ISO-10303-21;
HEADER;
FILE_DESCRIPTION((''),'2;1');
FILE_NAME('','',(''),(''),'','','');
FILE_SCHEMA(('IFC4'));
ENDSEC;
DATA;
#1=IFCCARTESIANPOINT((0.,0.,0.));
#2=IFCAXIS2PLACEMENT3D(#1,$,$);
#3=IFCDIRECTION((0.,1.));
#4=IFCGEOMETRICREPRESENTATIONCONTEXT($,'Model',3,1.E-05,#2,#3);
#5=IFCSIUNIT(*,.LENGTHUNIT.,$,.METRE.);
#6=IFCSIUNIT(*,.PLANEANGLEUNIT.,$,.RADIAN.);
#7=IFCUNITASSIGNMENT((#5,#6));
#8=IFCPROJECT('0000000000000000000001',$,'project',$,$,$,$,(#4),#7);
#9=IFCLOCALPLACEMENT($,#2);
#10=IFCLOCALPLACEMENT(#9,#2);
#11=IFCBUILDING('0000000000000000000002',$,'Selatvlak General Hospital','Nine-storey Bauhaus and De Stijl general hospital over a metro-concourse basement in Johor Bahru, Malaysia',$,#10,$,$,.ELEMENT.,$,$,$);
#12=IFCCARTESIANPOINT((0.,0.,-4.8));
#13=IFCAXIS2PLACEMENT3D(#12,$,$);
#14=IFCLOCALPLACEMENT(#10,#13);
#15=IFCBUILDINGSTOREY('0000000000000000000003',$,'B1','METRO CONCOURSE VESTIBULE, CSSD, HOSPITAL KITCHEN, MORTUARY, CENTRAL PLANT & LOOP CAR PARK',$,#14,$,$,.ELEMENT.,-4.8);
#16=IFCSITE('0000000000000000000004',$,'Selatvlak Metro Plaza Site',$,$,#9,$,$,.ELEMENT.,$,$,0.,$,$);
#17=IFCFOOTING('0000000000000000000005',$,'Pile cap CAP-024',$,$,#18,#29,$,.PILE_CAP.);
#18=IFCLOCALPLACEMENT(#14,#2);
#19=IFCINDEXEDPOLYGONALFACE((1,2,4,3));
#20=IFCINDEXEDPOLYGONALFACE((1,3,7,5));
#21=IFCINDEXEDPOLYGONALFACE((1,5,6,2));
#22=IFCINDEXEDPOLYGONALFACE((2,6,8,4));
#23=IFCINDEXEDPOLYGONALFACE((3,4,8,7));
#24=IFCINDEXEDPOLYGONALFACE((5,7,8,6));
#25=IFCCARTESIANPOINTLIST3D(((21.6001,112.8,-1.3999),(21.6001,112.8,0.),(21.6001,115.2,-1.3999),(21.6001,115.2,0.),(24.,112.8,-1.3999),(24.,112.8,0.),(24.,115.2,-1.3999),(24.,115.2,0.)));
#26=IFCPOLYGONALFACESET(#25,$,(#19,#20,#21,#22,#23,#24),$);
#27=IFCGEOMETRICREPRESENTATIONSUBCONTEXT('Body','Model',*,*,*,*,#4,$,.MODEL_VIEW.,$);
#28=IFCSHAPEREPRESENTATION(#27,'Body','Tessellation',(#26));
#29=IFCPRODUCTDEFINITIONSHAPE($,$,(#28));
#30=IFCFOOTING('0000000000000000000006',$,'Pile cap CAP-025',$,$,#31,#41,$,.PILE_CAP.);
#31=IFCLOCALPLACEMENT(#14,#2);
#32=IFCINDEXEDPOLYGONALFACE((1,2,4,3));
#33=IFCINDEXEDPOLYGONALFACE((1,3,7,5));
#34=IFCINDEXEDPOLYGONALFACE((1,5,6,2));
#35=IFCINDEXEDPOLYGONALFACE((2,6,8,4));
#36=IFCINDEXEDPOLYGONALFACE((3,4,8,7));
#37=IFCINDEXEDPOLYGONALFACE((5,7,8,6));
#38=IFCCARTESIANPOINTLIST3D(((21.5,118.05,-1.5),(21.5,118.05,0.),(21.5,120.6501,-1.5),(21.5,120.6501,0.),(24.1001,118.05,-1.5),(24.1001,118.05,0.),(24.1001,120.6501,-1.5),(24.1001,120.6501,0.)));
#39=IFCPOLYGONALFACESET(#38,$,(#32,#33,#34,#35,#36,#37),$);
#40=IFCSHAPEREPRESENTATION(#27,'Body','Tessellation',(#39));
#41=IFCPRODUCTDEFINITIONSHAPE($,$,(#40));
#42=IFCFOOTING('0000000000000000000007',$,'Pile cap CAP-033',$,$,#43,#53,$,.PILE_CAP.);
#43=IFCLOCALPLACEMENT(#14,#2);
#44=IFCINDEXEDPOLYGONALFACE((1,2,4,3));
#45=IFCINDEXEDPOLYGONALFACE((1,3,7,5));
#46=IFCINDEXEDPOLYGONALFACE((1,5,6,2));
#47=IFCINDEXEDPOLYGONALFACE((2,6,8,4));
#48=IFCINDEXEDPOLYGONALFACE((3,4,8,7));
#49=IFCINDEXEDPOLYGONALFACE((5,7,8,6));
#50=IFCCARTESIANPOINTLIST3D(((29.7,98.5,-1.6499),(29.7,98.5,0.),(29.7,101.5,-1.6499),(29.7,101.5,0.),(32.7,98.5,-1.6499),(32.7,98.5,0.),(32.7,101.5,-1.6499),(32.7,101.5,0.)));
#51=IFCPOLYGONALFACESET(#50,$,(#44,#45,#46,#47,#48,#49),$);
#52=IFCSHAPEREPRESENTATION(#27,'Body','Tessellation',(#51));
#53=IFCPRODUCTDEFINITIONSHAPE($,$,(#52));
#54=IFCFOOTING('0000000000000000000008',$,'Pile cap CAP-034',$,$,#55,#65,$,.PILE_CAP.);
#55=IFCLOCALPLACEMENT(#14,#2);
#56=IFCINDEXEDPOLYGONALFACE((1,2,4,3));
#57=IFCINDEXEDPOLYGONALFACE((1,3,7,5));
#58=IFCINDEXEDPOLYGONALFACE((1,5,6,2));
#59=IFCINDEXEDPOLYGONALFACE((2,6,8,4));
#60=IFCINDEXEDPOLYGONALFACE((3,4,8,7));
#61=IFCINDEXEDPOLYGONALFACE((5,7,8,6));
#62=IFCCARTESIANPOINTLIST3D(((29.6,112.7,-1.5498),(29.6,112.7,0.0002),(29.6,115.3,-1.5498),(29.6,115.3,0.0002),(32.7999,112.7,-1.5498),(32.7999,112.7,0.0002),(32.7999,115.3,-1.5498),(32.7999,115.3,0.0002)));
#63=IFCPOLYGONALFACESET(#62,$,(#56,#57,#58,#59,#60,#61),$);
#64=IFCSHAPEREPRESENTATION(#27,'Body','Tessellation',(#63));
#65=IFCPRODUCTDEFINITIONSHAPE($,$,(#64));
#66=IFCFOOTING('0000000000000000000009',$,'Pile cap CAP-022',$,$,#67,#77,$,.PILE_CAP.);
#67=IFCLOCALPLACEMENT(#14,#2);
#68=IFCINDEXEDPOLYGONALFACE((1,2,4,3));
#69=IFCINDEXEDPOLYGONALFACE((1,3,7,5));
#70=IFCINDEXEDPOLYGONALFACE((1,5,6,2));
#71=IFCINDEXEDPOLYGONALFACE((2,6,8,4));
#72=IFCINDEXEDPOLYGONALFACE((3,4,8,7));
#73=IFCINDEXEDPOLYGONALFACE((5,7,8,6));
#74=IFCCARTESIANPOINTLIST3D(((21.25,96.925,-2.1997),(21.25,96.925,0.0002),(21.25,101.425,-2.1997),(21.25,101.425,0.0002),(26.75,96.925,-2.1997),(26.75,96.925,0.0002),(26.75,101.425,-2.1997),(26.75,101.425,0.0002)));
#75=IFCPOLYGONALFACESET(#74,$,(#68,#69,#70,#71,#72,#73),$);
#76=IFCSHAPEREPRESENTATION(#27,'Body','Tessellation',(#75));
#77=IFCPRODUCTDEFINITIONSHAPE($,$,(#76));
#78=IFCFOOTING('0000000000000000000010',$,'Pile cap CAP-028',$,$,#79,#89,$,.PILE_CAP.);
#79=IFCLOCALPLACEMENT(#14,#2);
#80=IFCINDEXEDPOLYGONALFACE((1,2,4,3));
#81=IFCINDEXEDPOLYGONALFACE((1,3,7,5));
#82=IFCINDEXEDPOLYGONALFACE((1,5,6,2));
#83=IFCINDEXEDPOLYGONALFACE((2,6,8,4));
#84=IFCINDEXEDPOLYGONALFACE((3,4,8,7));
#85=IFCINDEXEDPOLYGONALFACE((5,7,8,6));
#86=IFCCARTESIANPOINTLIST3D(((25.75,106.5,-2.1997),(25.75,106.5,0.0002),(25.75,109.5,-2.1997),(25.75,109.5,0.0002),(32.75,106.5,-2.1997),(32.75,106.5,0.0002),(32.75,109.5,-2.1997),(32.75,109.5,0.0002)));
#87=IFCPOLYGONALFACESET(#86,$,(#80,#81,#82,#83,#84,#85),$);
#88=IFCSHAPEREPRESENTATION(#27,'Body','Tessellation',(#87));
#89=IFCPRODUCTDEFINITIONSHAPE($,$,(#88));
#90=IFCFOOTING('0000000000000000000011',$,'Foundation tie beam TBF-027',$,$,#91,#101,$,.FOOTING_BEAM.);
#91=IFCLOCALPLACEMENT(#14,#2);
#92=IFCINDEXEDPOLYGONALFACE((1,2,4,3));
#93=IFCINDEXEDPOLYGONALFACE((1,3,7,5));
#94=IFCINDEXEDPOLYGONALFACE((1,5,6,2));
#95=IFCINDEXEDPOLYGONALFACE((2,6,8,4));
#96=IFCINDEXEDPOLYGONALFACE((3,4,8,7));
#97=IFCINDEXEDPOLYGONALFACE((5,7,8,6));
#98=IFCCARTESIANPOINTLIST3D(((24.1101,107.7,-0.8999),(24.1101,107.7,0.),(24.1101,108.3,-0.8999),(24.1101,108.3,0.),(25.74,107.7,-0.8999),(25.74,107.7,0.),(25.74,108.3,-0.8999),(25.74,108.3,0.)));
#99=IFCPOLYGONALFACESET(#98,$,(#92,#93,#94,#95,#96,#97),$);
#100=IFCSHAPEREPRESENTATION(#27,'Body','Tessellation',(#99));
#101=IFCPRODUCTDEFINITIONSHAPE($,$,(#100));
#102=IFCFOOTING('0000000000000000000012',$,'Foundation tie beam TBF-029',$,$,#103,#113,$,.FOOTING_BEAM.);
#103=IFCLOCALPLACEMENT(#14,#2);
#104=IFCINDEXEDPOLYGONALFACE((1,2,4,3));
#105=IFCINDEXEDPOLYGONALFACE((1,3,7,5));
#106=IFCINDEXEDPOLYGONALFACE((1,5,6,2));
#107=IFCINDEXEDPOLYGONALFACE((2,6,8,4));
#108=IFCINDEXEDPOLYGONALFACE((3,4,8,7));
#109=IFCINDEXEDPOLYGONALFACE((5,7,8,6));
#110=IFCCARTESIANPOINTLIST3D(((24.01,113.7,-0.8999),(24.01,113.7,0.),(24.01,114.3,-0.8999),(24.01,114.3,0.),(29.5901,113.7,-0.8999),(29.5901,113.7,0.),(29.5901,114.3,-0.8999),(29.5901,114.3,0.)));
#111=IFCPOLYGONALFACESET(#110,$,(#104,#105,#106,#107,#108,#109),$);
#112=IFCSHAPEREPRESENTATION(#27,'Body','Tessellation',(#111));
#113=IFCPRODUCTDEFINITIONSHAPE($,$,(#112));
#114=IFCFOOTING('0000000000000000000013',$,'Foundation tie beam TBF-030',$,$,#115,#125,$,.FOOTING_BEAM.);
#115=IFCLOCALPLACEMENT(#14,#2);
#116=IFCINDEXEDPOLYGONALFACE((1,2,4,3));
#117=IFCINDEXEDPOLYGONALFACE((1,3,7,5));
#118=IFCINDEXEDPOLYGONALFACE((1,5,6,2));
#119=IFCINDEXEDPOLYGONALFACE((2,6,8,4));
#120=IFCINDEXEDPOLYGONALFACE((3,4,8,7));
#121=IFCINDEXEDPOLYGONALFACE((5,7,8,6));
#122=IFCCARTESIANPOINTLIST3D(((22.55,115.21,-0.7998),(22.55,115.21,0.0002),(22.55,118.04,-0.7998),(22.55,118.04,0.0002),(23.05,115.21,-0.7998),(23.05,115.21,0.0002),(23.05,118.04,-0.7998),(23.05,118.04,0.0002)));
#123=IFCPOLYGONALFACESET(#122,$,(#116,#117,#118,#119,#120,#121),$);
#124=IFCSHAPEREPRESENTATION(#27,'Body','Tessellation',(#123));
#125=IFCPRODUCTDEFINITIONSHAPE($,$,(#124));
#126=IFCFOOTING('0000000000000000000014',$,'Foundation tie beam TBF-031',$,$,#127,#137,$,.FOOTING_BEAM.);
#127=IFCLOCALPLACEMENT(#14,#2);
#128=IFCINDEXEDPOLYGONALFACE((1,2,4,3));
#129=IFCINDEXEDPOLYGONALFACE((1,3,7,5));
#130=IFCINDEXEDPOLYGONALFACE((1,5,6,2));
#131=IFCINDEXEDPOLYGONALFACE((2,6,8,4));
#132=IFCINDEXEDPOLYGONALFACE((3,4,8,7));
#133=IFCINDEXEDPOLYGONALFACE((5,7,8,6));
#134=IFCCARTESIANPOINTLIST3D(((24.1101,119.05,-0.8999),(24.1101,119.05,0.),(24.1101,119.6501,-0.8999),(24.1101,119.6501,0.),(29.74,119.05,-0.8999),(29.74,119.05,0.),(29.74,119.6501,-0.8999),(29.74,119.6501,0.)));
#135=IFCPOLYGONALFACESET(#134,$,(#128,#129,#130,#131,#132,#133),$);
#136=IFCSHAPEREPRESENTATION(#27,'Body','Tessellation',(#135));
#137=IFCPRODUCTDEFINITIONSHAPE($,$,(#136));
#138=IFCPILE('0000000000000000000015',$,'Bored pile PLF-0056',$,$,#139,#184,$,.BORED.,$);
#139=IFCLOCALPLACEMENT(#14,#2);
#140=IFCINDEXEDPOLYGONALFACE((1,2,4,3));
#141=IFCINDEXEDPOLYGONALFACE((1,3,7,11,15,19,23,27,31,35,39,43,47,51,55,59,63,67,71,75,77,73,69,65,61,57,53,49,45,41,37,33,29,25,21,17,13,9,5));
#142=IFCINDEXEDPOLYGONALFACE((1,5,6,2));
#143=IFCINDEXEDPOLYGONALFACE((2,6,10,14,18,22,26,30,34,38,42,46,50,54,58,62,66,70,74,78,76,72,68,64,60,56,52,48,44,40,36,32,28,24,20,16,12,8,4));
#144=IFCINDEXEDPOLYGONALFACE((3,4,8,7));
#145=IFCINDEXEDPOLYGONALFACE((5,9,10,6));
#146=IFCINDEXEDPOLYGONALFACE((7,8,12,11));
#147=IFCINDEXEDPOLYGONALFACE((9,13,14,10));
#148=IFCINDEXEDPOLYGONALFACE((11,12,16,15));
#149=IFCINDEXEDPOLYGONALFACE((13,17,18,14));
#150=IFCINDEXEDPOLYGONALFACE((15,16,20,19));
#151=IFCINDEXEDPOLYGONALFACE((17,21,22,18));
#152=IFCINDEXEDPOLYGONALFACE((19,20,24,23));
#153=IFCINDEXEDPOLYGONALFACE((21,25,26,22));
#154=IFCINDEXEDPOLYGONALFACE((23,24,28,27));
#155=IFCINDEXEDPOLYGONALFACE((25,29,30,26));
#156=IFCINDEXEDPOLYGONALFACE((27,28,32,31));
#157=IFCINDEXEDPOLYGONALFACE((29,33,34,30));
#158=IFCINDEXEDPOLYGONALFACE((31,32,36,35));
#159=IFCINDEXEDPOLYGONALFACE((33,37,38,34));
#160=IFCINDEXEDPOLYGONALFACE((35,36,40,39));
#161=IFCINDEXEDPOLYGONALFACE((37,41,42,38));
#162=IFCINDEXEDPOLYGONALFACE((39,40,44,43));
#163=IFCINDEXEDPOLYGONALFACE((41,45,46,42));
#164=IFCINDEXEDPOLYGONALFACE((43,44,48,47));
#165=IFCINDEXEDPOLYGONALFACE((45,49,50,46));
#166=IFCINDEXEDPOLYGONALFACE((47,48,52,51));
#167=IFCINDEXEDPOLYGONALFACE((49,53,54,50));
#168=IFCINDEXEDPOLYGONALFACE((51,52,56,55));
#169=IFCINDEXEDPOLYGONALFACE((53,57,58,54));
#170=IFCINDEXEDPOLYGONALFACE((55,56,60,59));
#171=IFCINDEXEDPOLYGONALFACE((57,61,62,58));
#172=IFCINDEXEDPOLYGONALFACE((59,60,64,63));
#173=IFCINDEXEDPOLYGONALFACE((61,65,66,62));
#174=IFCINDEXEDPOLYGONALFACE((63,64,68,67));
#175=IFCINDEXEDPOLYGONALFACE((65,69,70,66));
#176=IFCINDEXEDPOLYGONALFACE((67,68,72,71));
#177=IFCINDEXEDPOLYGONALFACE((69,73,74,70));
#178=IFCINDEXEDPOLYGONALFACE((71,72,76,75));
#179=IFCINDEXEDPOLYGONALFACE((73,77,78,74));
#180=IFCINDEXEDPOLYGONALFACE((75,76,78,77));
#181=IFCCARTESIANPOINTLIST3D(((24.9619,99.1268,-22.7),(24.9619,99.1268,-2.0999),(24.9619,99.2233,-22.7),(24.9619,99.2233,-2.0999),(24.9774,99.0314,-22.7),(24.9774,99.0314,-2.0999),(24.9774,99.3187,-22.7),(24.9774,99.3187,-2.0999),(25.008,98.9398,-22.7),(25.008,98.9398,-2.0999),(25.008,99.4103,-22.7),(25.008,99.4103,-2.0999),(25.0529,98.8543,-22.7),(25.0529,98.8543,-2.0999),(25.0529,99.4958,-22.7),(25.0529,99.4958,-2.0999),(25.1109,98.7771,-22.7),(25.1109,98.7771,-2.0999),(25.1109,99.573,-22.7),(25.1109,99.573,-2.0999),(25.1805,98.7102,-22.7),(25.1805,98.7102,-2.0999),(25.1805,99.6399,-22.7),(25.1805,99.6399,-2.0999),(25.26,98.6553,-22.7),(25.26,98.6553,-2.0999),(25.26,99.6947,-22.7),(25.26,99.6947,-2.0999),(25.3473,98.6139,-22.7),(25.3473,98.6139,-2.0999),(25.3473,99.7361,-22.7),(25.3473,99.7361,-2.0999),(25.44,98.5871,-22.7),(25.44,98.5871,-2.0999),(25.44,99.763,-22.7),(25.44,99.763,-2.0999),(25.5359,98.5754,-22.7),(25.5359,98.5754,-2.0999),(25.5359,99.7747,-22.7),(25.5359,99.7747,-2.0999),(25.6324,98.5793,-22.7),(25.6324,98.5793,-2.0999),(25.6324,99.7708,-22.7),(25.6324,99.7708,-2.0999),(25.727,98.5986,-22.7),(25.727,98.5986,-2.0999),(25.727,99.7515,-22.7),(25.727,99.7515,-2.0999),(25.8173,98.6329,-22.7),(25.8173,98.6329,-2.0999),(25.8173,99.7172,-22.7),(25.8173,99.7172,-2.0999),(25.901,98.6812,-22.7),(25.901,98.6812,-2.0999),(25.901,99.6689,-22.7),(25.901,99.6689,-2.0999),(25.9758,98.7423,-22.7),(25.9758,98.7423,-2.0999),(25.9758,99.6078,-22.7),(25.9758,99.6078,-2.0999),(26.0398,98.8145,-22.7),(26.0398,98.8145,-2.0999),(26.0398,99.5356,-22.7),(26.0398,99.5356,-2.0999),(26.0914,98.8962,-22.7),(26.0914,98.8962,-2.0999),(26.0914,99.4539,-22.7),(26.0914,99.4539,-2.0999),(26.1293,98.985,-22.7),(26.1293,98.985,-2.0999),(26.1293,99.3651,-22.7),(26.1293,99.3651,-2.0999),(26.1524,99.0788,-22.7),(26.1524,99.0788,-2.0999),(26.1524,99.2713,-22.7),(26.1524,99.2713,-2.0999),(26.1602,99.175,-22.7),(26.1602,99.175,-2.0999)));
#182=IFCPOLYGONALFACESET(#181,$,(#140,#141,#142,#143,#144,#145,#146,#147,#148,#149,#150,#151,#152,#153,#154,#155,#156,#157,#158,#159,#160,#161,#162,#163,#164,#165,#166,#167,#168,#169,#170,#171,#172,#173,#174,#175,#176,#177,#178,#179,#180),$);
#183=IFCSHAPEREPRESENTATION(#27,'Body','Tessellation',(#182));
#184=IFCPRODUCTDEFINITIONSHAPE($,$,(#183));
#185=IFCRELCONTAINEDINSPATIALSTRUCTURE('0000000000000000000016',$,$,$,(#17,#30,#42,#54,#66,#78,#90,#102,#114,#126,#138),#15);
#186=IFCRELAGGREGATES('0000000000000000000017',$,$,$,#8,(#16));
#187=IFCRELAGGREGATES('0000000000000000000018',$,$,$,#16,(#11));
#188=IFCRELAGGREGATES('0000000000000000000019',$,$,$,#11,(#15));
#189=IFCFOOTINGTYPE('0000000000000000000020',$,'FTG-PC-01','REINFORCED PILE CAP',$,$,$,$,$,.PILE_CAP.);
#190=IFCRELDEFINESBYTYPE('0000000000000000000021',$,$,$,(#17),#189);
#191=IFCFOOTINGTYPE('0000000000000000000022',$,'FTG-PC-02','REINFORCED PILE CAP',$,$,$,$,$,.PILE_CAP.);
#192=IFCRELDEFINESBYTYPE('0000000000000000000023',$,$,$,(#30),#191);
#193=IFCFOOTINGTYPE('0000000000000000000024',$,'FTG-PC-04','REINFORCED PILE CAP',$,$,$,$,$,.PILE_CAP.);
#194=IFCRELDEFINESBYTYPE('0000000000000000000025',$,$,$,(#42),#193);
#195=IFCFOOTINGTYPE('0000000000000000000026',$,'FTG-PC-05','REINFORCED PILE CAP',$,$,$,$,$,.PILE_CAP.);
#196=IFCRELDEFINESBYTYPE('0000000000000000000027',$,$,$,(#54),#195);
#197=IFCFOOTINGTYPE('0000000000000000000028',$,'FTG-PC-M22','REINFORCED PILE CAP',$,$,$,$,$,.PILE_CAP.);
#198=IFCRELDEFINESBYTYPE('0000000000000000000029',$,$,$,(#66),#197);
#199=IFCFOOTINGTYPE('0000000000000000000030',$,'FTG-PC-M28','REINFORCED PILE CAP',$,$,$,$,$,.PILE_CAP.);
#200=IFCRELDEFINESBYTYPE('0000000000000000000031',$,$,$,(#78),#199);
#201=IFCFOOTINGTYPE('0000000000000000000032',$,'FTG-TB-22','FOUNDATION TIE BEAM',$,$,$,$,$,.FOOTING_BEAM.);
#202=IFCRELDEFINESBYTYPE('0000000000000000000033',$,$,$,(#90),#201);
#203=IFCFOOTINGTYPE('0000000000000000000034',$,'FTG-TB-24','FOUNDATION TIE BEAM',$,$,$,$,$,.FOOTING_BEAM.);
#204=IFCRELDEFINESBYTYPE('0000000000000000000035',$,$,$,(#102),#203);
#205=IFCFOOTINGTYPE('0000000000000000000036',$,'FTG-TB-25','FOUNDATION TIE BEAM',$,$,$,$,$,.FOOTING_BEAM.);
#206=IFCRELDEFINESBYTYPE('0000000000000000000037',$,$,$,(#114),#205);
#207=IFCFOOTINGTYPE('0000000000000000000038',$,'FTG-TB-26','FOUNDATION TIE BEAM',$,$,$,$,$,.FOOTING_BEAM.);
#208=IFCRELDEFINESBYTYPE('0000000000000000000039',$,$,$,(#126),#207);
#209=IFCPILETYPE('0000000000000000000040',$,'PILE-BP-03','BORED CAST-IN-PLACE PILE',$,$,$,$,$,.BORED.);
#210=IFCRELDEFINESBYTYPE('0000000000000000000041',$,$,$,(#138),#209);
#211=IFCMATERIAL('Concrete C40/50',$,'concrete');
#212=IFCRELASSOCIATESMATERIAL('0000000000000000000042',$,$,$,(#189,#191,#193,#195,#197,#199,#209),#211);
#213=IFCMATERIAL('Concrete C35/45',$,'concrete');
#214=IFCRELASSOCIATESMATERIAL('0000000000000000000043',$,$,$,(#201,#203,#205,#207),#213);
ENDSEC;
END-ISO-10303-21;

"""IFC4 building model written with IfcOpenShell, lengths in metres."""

from ifc_helpers import new_model, si_unit, direction, frame, origin, origin_2d, place, context, subcontext, project, spatial, rectangle, circle, extrude, material, material_profile, profile_set, type_object, element, save


model = new_model("IFC4")

# Units and contexts
model_context = context("Model", 3, precision=1e-05, world=origin(), true_north=direction((0.0, 1.0)))
body_context = subcontext(model_context, "Body", "Model", "MODEL_VIEW")
ifc_project = project(units=[si_unit("LENGTHUNIT", "METRE"), si_unit("PLANEANGLEUNIT", "RADIAN")], contexts=[model_context])

# Site, building, storey
site_placement = place(None, origin())
site = spatial("IfcSite", under=ifc_project, at=site_placement, Name="Selatvlak Metro Plaza Site", CompositionType="ELEMENT", RefElevation=0.0)
building_placement = place(site_placement, origin())
building = spatial("IfcBuilding", under=site, at=building_placement, Name="Selatvlak General Hospital", Description="Nine-storey Bauhaus and De Stijl general hospital over a metro-concourse basement in Johor Bahru, Malaysia", CompositionType="ELEMENT")
storey_placement = place(building_placement, frame((0.0, 0.0, -4.8)))
storey = spatial("IfcBuildingStorey", under=building, at=storey_placement, Name="B1", Description="METRO CONCOURSE VESTIBULE, CSSD, HOSPITAL KITCHEN, MORTUARY, CENTRAL PLANT & LOOP CAR PARK", CompositionType="ELEMENT", Elevation=-4.8)

# Footings
ifc_material_1 = material(Name="Concrete C40/50", Category="concrete")
footing_type_1 = type_object("IfcFootingType", Name="FTG-PC-01", Description="REINFORCED PILE CAP", PredefinedType="PILE_CAP", material=ifc_material_1)
footing_1_placement = place(storey_placement, frame((22.8, 114.0, -1.3999), z_axis=(0.0, 0.0, 1.0), x_axis=(1.0, 0.0, 0.0)))
element("IfcFooting", 1, at=footing_1_placement, inside=storey, type_object=footing_type_1, Name="Pile cap CAP-024", PredefinedType="PILE_CAP", context=body_context, shape_type="SweptSolid", body=[
    extrude(rectangle(XDim=2.3999, YDim=2.3999, at=origin_2d()), origin(), (0.0, 0.0, 1.0), 1.3999),
])
footing_type_2 = type_object("IfcFootingType", Name="FTG-PC-02", Description="REINFORCED PILE CAP", PredefinedType="PILE_CAP", material=ifc_material_1)
footing_2_placement = place(storey_placement, frame((22.8, 119.3501, -1.5), z_axis=(0.0, 0.0, 1.0), x_axis=(1.0, 0.0, 0.0)))
element("IfcFooting", 2, at=footing_2_placement, inside=storey, type_object=footing_type_2, Name="Pile cap CAP-025", PredefinedType="PILE_CAP", context=body_context, shape_type="SweptSolid", body=[
    extrude(rectangle(XDim=2.6001, YDim=2.6001, at=origin_2d()), origin(), (0.0, 0.0, 1.0), 1.5),
])
footing_type_3 = type_object("IfcFootingType", Name="FTG-PC-04", Description="REINFORCED PILE CAP", PredefinedType="PILE_CAP", material=ifc_material_1)
footing_3_placement = place(storey_placement, frame((31.2, 100.0, -1.6499), z_axis=(0.0, 0.0, 1.0), x_axis=(1.0, 0.0, 0.0)))
element("IfcFooting", 3, at=footing_3_placement, inside=storey, type_object=footing_type_3, Name="Pile cap CAP-033", PredefinedType="PILE_CAP", context=body_context, shape_type="SweptSolid", body=[
    extrude(rectangle(XDim=3.0, YDim=3.0, at=origin_2d()), origin(), (0.0, 0.0, 1.0), 1.6499),
])
footing_type_4 = type_object("IfcFootingType", Name="FTG-PC-05", Description="REINFORCED PILE CAP", PredefinedType="PILE_CAP", material=ifc_material_1)
footing_4_placement = place(storey_placement, frame((31.2, 114.0, -1.5498), z_axis=(0.0, 0.0, 1.0), x_axis=(1.0, 0.0, 0.0)))
element("IfcFooting", 4, at=footing_4_placement, inside=storey, type_object=footing_type_4, Name="Pile cap CAP-034", PredefinedType="PILE_CAP", context=body_context, shape_type="SweptSolid", body=[
    extrude(rectangle(XDim=3.2, YDim=2.6001, at=origin_2d()), origin(), (0.0, 0.0, 1.0), 1.55),
])
footing_type_5 = type_object("IfcFootingType", Name="FTG-PC-M22", Description="REINFORCED PILE CAP", PredefinedType="PILE_CAP", material=ifc_material_1)
footing_5_placement = place(storey_placement, frame((24.0, 99.175, -2.1997), z_axis=(0.0, 0.0, 1.0), x_axis=(1.0, 0.0, 0.0)))
element("IfcFooting", 5, at=footing_5_placement, inside=storey, type_object=footing_type_5, Name="Pile cap CAP-022", PredefinedType="PILE_CAP", context=body_context, shape_type="SweptSolid", body=[
    extrude(rectangle(XDim=5.5, YDim=4.5, at=origin_2d()), origin(), (0.0, 0.0, 1.0), 2.2),
])
footing_type_6 = type_object("IfcFootingType", Name="FTG-PC-M28", Description="REINFORCED PILE CAP", PredefinedType="PILE_CAP", material=ifc_material_1)
footing_6_placement = place(storey_placement, frame((29.25, 108.0, -2.1997), z_axis=(0.0, 0.0, 1.0), x_axis=(1.0, 0.0, 0.0)))
element("IfcFooting", 6, at=footing_6_placement, inside=storey, type_object=footing_type_6, Name="Pile cap CAP-028", PredefinedType="PILE_CAP", context=body_context, shape_type="SweptSolid", body=[
    extrude(rectangle(XDim=7.0, YDim=3.0, at=origin_2d()), origin(), (0.0, 0.0, 1.0), 2.2),
])
ifc_material_2 = material(Name="Concrete C35/45", Category="concrete")
footing_type_7 = type_object("IfcFootingType", Name="FTG-TB-22", Description="FOUNDATION TIE BEAM", PredefinedType="FOOTING_BEAM", material=ifc_material_2)
footing_7_placement = place(storey_placement, frame((24.925, 108.0, -0.8999), z_axis=(0.0, 0.0, 1.0), x_axis=(1.0, 0.0, 0.0)))
element("IfcFooting", 7, at=footing_7_placement, inside=storey, type_object=footing_type_7, Name="Foundation tie beam TBF-027", PredefinedType="FOOTING_BEAM", context=body_context, shape_type="SweptSolid", body=[
    extrude(rectangle(XDim=1.6299, YDim=0.6001, at=origin_2d()), origin(), (0.0, 0.0, 1.0), 0.8999),
])
footing_type_8 = type_object("IfcFootingType", Name="FTG-TB-24", Description="FOUNDATION TIE BEAM", PredefinedType="FOOTING_BEAM", material=ifc_material_2)
footing_8_placement = place(storey_placement, frame((26.8, 114.0, -0.8999), z_axis=(0.0, 0.0, 1.0), x_axis=(1.0, 0.0, 0.0)))
element("IfcFooting", 8, at=footing_8_placement, inside=storey, type_object=footing_type_8, Name="Foundation tie beam TBF-029", PredefinedType="FOOTING_BEAM", context=body_context, shape_type="SweptSolid", body=[
    extrude(rectangle(XDim=5.5801, YDim=0.6001, at=origin_2d()), origin(), (0.0, 0.0, 1.0), 0.8999),
])
footing_type_9 = type_object("IfcFootingType", Name="FTG-TB-25", Description="FOUNDATION TIE BEAM", PredefinedType="FOOTING_BEAM", material=ifc_material_2)
footing_9_placement = place(storey_placement, frame((22.8, 116.625, -0.7998), z_axis=(0.0, 0.0, 1.0), x_axis=(0.0, 1.0, 0.0)))
element("IfcFooting", 9, at=footing_9_placement, inside=storey, type_object=footing_type_9, Name="Foundation tie beam TBF-030", PredefinedType="FOOTING_BEAM", context=body_context, shape_type="SweptSolid", body=[
    extrude(rectangle(XDim=2.8301, YDim=0.5, at=origin_2d()), origin(), (0.0, 0.0, 1.0), 0.8),
])
footing_type_10 = type_object("IfcFootingType", Name="FTG-TB-26", Description="FOUNDATION TIE BEAM", PredefinedType="FOOTING_BEAM", material=ifc_material_2)
footing_10_placement = place(storey_placement, frame((26.925, 119.3501, -0.8999), z_axis=(0.0, 0.0, 1.0), x_axis=(1.0, 0.0, 0.0)))
element("IfcFooting", 10, at=footing_10_placement, inside=storey, type_object=footing_type_10, Name="Foundation tie beam TBF-031", PredefinedType="FOOTING_BEAM", context=body_context, shape_type="SweptSolid", body=[
    extrude(rectangle(XDim=5.6299, YDim=0.6001, at=origin_2d()), origin(), (0.0, 0.0, 1.0), 0.8999),
])

# Pile
ifc_material_profile_1 = material_profile(ifc_material_1, circle(Radius=0.6001, at=origin_2d()), Name="BORED PILE 1200")
ifc_profile_set_1 = profile_set([ifc_material_profile_1], Name="Concrete C40/50")
pile_type_1 = type_object("IfcPileType", Name="PILE-BP-03", Description="BORED CAST-IN-PLACE PILE", PredefinedType="BORED", material=ifc_profile_set_1)
pile_1_placement = place(storey_placement, frame((25.5601, 99.175, -2.0999), z_axis=(0.0, 0.0, -1.0), x_axis=(1.0, 0.0, 0.0)))
element("IfcPile", 11, at=pile_1_placement, inside=storey, type_object=pile_type_1, Name="Bored pile PLF-0056", PredefinedType="BORED", context=body_context, shape_type="SweptSolid", body=[
    extrude(circle(Radius=0.6001, at=origin_2d()), origin(), (0.0, 0.0, 1.0), 20.6001),
])

save(model, "model.ifc")
